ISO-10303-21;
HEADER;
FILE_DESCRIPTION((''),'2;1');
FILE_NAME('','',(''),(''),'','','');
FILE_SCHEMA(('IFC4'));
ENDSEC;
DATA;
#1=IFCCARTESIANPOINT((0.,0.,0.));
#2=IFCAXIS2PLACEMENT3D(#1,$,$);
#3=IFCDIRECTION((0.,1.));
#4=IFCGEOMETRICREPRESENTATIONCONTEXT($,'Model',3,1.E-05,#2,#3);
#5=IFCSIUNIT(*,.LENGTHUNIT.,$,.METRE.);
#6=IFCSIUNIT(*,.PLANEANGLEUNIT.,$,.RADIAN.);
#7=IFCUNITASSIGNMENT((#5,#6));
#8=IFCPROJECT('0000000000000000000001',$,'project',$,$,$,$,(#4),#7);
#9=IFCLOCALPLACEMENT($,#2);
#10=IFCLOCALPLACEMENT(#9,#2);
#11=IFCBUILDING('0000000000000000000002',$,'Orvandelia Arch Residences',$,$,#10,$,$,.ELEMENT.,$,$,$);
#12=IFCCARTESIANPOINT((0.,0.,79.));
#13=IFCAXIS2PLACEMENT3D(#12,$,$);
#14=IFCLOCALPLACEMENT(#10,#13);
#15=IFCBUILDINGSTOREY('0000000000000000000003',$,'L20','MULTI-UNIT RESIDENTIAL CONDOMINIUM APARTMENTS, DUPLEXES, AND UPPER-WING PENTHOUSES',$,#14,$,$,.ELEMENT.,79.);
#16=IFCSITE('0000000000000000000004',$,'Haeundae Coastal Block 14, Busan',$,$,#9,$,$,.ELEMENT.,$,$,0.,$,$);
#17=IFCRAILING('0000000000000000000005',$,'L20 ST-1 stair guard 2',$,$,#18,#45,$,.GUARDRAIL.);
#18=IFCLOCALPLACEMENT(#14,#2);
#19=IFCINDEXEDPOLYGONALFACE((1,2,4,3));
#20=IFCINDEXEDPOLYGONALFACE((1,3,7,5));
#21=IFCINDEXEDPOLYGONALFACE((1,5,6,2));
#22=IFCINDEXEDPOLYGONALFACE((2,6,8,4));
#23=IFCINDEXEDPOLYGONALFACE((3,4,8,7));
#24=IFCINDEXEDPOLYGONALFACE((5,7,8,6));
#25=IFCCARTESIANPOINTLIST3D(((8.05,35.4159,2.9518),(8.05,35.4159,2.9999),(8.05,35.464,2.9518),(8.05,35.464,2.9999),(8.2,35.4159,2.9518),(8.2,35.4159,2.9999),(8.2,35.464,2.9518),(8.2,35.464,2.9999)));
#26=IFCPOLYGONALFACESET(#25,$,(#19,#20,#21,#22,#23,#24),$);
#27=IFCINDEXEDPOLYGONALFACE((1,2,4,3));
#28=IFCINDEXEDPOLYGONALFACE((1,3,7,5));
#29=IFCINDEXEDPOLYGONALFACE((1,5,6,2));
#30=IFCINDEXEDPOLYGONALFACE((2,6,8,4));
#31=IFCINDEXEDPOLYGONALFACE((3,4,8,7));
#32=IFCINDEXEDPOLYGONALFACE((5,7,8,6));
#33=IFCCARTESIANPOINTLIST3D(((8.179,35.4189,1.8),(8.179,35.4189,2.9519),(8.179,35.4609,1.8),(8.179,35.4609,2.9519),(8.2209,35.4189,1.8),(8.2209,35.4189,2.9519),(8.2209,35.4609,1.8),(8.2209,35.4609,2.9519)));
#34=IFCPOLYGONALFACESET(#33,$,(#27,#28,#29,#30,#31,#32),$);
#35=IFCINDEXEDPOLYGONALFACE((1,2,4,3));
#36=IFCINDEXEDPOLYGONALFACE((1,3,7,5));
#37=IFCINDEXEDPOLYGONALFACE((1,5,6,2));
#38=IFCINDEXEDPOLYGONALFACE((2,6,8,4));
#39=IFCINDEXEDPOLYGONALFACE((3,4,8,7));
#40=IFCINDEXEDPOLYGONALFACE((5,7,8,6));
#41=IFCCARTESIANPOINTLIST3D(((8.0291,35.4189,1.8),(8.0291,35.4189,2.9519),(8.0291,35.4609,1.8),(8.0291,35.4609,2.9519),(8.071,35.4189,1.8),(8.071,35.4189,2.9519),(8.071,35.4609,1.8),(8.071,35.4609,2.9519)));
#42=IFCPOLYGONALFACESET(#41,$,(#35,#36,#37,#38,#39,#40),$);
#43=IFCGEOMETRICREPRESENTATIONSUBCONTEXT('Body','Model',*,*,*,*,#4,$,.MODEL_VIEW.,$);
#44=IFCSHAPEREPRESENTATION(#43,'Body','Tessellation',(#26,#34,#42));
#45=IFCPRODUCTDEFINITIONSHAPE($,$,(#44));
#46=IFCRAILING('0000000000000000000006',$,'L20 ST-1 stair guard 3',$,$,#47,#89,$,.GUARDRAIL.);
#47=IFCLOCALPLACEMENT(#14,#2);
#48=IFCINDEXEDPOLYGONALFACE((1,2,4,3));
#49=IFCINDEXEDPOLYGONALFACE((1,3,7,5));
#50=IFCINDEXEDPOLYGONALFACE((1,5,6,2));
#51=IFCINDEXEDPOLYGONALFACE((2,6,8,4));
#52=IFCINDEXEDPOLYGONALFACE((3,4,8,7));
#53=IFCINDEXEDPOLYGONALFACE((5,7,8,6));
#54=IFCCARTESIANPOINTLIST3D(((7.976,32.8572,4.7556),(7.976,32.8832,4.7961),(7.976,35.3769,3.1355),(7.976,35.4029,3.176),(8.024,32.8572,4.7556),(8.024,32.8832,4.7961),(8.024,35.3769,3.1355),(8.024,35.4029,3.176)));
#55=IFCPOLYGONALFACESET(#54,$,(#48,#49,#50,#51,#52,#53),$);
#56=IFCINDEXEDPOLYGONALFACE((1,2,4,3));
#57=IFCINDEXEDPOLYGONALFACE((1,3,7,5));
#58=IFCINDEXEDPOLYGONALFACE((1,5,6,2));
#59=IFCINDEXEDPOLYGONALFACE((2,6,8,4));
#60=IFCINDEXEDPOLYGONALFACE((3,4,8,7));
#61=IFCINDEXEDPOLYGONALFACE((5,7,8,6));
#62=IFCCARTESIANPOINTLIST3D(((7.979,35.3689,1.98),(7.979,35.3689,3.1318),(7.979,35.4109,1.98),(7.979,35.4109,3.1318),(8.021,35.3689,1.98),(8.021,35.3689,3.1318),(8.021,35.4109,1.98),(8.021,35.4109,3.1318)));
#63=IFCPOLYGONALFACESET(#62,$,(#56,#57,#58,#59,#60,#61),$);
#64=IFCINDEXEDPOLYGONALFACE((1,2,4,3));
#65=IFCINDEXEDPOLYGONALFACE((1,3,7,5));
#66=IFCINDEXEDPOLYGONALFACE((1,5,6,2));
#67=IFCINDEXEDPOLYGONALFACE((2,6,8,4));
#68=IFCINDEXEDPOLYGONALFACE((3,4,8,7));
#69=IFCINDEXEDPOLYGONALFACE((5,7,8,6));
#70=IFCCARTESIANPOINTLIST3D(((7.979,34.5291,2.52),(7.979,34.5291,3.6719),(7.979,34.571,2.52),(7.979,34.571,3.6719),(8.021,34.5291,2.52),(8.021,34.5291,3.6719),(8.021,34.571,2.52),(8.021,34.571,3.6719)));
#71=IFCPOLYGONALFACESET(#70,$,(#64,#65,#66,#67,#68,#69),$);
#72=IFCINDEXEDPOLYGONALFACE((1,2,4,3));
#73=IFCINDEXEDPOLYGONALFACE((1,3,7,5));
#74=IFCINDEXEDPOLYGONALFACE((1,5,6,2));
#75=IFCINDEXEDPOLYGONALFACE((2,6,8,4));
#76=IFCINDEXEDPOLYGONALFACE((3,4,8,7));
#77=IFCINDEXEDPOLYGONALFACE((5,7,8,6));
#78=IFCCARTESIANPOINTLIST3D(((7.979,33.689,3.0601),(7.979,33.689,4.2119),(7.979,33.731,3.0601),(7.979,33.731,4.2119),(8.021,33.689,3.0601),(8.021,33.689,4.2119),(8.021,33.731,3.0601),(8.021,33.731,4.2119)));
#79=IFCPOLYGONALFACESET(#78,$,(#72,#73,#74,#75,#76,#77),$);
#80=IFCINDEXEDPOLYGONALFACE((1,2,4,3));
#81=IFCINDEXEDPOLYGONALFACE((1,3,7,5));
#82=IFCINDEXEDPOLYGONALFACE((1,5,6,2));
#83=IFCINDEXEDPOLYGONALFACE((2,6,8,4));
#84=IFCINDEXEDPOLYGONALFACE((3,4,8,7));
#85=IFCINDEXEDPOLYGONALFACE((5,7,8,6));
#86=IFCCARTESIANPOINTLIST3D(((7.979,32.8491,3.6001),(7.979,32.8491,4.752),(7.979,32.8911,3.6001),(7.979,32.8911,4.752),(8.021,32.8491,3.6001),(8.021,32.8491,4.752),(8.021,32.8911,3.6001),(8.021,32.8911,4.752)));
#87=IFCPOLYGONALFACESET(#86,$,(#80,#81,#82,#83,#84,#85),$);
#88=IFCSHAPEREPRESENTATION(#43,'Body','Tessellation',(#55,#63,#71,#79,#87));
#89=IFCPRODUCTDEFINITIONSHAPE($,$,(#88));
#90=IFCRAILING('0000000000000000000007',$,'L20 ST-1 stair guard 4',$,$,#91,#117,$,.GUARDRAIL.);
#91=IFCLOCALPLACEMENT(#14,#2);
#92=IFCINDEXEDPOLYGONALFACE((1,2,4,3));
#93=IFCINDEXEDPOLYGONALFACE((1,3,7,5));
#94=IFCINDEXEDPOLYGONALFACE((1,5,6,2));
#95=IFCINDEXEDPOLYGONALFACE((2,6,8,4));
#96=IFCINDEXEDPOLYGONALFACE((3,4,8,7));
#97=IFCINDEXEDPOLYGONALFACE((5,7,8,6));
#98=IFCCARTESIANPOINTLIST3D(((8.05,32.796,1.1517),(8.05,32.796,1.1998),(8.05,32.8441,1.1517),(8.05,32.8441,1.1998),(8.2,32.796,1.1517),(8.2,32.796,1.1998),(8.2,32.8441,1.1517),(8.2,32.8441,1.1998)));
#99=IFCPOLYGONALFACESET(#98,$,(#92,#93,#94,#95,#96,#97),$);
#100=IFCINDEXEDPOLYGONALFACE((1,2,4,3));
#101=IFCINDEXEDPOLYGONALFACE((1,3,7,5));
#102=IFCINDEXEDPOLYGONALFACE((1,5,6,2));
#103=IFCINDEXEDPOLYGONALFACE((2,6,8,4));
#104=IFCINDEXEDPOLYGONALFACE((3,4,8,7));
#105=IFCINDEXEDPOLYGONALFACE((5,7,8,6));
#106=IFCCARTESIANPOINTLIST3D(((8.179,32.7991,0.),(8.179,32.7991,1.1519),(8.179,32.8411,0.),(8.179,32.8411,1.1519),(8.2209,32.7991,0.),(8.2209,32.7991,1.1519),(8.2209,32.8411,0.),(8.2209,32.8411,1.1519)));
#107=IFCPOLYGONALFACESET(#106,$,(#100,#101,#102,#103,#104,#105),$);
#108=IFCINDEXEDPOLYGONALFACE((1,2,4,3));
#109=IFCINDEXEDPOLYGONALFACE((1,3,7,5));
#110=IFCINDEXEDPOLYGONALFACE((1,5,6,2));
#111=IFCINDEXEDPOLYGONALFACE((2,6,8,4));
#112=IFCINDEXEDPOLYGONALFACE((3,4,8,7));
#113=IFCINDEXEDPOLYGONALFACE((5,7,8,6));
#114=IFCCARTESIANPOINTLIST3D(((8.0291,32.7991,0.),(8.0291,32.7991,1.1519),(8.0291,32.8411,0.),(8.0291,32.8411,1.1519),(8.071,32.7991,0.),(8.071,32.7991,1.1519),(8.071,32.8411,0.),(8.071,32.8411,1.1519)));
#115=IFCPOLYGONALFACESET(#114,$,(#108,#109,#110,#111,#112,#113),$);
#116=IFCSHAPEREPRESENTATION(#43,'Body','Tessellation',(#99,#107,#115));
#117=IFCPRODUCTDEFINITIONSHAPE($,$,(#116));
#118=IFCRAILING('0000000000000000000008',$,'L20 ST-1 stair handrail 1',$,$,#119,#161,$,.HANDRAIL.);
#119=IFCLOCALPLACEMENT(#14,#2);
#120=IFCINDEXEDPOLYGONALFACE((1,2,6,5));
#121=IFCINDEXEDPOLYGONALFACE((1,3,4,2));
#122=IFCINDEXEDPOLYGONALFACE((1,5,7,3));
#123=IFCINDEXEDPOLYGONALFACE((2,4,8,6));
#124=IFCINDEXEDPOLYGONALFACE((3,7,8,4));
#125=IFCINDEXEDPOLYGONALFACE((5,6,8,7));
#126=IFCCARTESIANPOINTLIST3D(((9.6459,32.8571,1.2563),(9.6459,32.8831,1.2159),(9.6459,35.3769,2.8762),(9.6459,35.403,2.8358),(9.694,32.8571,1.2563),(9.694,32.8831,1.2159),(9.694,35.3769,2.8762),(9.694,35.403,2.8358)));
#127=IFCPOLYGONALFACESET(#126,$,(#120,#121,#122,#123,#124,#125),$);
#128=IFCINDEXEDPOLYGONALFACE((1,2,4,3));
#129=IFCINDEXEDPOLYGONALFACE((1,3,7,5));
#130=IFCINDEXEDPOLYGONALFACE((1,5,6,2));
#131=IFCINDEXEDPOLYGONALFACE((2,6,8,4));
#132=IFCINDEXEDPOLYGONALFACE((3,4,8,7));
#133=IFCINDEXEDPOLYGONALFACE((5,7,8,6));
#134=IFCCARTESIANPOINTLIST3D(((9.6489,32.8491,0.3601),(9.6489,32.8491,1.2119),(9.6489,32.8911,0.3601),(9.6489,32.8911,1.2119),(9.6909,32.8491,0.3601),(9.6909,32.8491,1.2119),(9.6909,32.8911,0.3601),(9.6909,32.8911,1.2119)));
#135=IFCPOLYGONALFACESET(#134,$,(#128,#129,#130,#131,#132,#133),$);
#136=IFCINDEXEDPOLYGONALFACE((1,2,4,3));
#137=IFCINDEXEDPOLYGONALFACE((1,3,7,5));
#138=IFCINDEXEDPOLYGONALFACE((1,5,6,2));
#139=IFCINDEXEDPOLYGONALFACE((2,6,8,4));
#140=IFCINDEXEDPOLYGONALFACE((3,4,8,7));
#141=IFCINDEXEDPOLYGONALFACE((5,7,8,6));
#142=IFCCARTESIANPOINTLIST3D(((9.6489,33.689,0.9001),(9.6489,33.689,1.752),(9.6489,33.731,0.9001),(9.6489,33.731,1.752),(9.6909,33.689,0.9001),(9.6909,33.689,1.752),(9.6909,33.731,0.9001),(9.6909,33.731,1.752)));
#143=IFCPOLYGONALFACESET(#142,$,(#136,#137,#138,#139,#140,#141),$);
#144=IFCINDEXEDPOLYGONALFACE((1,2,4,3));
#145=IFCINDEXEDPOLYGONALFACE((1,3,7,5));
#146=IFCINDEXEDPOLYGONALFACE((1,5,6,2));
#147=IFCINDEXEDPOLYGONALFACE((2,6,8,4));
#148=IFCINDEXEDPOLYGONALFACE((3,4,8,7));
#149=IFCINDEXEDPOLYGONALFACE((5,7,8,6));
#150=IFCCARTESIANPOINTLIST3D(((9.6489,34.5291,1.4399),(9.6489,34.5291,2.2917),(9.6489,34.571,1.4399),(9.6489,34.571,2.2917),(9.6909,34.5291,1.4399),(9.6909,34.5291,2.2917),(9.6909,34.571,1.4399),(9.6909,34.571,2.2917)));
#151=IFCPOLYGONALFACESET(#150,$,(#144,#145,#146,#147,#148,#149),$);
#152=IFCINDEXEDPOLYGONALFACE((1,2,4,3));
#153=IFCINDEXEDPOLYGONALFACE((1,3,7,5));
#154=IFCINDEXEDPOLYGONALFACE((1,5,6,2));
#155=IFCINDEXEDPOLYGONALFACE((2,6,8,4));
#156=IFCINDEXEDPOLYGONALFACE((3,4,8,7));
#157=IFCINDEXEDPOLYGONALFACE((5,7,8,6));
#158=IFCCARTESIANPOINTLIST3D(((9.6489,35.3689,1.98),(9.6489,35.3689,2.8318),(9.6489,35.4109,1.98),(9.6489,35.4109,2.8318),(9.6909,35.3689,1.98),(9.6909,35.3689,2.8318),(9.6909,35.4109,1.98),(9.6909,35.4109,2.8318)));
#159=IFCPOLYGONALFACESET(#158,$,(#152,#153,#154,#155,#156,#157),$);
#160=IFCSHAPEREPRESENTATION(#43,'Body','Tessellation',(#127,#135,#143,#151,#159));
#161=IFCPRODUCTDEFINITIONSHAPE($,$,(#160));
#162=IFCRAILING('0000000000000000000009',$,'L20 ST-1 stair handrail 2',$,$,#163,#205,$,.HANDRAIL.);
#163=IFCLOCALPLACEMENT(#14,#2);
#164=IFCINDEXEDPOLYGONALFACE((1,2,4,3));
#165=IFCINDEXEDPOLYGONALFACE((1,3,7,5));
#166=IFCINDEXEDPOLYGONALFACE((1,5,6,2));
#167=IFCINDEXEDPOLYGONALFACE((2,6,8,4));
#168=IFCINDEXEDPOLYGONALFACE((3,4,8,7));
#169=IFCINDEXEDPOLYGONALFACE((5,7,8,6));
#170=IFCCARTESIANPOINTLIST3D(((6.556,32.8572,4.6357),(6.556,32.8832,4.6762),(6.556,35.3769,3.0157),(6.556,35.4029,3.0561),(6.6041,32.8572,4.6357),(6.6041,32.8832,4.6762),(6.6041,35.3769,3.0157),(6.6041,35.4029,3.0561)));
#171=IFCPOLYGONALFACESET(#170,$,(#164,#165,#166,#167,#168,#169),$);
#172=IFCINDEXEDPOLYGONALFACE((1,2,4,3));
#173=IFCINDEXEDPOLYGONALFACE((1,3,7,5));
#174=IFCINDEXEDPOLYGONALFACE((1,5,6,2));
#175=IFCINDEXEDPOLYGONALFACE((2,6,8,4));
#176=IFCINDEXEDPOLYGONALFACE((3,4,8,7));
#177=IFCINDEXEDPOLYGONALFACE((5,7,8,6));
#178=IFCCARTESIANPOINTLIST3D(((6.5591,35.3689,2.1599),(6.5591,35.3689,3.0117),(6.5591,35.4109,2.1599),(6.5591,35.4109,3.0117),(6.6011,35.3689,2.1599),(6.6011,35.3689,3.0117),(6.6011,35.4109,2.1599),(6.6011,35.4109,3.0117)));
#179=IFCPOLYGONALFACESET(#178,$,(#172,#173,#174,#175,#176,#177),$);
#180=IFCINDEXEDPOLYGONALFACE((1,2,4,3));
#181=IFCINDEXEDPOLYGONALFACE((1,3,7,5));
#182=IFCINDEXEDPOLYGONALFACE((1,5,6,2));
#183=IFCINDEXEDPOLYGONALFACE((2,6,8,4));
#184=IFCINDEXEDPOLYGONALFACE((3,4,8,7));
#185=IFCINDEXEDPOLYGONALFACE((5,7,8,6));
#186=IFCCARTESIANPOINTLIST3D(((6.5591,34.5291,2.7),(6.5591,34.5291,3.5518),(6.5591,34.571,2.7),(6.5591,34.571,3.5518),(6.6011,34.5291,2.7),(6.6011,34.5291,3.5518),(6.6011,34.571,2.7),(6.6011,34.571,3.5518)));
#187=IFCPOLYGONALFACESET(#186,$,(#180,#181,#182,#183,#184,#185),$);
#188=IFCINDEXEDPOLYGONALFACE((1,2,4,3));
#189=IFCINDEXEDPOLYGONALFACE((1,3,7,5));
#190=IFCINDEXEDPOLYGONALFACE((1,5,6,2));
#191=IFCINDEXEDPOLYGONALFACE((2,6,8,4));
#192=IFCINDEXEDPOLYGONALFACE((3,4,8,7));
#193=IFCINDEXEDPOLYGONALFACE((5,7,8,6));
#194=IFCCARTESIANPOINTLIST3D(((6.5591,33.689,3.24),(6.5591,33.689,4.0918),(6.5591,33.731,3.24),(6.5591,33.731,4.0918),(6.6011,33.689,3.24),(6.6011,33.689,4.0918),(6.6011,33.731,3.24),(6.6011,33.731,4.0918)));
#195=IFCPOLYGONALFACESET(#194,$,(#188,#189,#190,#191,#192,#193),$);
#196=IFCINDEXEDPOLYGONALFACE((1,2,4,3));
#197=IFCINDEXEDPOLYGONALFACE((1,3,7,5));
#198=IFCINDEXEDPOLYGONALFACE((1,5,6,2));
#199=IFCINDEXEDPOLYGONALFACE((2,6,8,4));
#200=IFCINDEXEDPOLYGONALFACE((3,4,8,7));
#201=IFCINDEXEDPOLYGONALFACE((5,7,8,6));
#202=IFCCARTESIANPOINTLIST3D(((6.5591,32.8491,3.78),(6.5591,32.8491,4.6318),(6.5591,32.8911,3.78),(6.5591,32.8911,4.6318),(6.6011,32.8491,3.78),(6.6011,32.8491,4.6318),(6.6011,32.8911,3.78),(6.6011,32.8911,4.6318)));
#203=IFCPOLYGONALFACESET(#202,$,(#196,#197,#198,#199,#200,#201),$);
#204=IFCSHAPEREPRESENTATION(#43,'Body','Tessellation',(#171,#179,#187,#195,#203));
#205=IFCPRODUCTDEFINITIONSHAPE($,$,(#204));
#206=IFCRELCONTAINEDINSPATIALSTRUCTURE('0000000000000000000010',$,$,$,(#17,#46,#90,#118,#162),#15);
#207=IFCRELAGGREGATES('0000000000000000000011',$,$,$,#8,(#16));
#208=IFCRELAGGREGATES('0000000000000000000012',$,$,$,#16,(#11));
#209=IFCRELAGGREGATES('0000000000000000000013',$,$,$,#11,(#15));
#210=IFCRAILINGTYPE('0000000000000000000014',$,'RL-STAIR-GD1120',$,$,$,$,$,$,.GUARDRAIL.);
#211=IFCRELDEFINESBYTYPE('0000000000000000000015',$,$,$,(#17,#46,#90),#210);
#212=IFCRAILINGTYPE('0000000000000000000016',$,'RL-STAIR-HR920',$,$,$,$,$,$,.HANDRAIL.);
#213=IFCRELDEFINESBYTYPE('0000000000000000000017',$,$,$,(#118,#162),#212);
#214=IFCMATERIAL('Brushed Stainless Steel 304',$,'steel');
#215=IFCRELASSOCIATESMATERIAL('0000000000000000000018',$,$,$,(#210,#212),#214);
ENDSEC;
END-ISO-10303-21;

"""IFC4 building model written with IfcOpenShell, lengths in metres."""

from ifc_helpers import new_model, si_unit, direction, frame, origin, origin_2d, place, context, subcontext, project, spatial, rectangle, extrude, material, type_object, element, save


model = new_model("IFC4")

# Units and contexts
model_context = context("Model", 3, precision=1e-05, world=origin(), true_north=direction((0.0, 1.0)))
body_context = subcontext(model_context, "Body", "Model", "MODEL_VIEW")
ifc_project = project(units=[si_unit("LENGTHUNIT", "METRE"), si_unit("PLANEANGLEUNIT", "RADIAN")], contexts=[model_context])

# Site, building, storey
site_placement = place(None, origin())
site = spatial("IfcSite", under=ifc_project, at=site_placement, Name="Haeundae Coastal Block 14, Busan", CompositionType="ELEMENT", RefElevation=0.0)
building_placement = place(site_placement, origin())
building = spatial("IfcBuilding", under=site, at=building_placement, Name="Orvandelia Arch Residences", CompositionType="ELEMENT")
storey_placement = place(building_placement, frame((0.0, 0.0, 79.0)))
storey = spatial("IfcBuildingStorey", under=building, at=storey_placement, Name="L20", Description="MULTI-UNIT RESIDENTIAL CONDOMINIUM APARTMENTS, DUPLEXES, AND UPPER-WING PENTHOUSES", CompositionType="ELEMENT", Elevation=79.0)

# Railings
ifc_material_1 = material(Name="Brushed Stainless Steel 304", Category="steel")
railing_type_1 = type_object("IfcRailingType", Name="RL-STAIR-GD1120", PredefinedType="GUARDRAIL", material=ifc_material_1)
railing_1_placement = place(storey_placement, frame((8.2, 35.4399, 1.8)))
element("IfcRailing", 1, at=railing_1_placement, inside=storey, type_object=railing_type_1, Name="L20 ST-1 stair guard 2", PredefinedType="GUARDRAIL", context=body_context, shape_type="SweptSolid", body=[
    extrude(rectangle(XDim=0.0481, YDim=0.0481, at=origin_2d()), frame((0.0, 0.0, 1.1758), z_axis=(-1.0, 0.0, 0.0), x_axis=(0.0, -1.0, 0.0)), (0.0, 0.0, 1.0), 0.1499),
    extrude(rectangle(XDim=0.042, YDim=0.042, at=origin_2d()), origin(), (0.0, 0.0, 1.0), 1.1519),
    extrude(rectangle(XDim=0.042, YDim=0.042, at=origin_2d()), frame((-0.1499, 0.0, 0.0)), (0.0, 0.0, 1.0), 1.1519),
])
railing_2_placement = place(storey_placement, frame((8.0, 35.3899, 1.98)))
element("IfcRailing", 2, at=railing_2_placement, inside=storey, type_object=railing_type_1, Name="L20 ST-1 stair guard 3", PredefinedType="GUARDRAIL", context=body_context, shape_type="SweptSolid", body=[
    extrude(rectangle(XDim=0.0481, YDim=0.0481, at=origin_2d()), frame((0.0, 0.0, 1.1758), z_axis=(0.0, -0.841139, 0.540819), x_axis=(1.0, 0.0, 0.0)), (0.0, 0.0, 1.0), 2.9956),
    extrude(rectangle(XDim=0.042, YDim=0.042, at=origin_2d()), origin(), (0.0, 0.0, 1.0), 1.1519),
    extrude(rectangle(XDim=0.042, YDim=0.042, at=origin_2d()), frame((0.0, -0.8398, 0.54)), (0.0, 0.0, 1.0), 1.1519),
    extrude(rectangle(XDim=0.042, YDim=0.042, at=origin_2d()), frame((0.0, -1.6799, 1.0801)), (0.0, 0.0, 1.0), 1.1519),
    extrude(rectangle(XDim=0.042, YDim=0.042, at=origin_2d()), frame((0.0, -2.5198, 1.6201)), (0.0, 0.0, 1.0), 1.1519),
])
railing_3_placement = place(storey_placement, frame((8.2, 32.8201, 0.0)))
element("IfcRailing", 3, at=railing_3_placement, inside=storey, type_object=railing_type_1, Name="L20 ST-1 stair guard 4", PredefinedType="GUARDRAIL", context=body_context, shape_type="SweptSolid", body=[
    extrude(rectangle(XDim=0.0481, YDim=0.0481, at=origin_2d()), frame((0.0, 0.0, 1.1758), z_axis=(-1.0, 0.0, 0.0), x_axis=(0.0, -1.0, 0.0)), (0.0, 0.0, 1.0), 0.1499),
    extrude(rectangle(XDim=0.042, YDim=0.042, at=origin_2d()), origin(), (0.0, 0.0, 1.0), 1.1519),
    extrude(rectangle(XDim=0.042, YDim=0.042, at=origin_2d()), frame((-0.1499, 0.0, 0.0)), (0.0, 0.0, 1.0), 1.1519),
])
railing_type_2 = type_object("IfcRailingType", Name="RL-STAIR-HR920", PredefinedType="HANDRAIL", material=ifc_material_1)
railing_4_placement = place(storey_placement, frame((9.6699, 32.8701, 0.3601)))
element("IfcRailing", 4, at=railing_4_placement, inside=storey, type_object=railing_type_2, Name="L20 ST-1 stair handrail 1", PredefinedType="HANDRAIL", context=body_context, shape_type="SweptSolid", body=[
    extrude(rectangle(XDim=0.0481, YDim=0.0481, at=origin_2d()), frame((0.0, 0.0, 0.876), z_axis=(0.0, 0.841176, 0.540762), x_axis=(-1.0, 0.0, 0.0)), (0.0, 0.0, 1.0), 2.9956),
    extrude(rectangle(XDim=0.042, YDim=0.042, at=origin_2d()), origin(), (0.0, 0.0, 1.0), 0.8518),
    extrude(rectangle(XDim=0.042, YDim=0.042, at=origin_2d()), frame((0.0, 0.8398, 0.54)), (0.0, 0.0, 1.0), 0.8518),
    extrude(rectangle(XDim=0.042, YDim=0.042, at=origin_2d()), frame((0.0, 1.6799, 1.0798)), (0.0, 0.0, 1.0), 0.8518),
    extrude(rectangle(XDim=0.042, YDim=0.042, at=origin_2d()), frame((0.0, 2.5198, 1.6199)), (0.0, 0.0, 1.0), 0.8518),
])
railing_5_placement = place(storey_placement, frame((6.5801, 35.3899, 2.1599)))
element("IfcRailing", 5, at=railing_5_placement, inside=storey, type_object=railing_type_2, Name="L20 ST-1 stair handrail 2", PredefinedType="HANDRAIL", context=body_context, shape_type="SweptSolid", body=[
    extrude(rectangle(XDim=0.0481, YDim=0.0481, at=origin_2d()), frame((0.0, 0.0, 0.876), z_axis=(0.0, -0.841139, 0.540819), x_axis=(1.0, 0.0, 0.0)), (0.0, 0.0, 1.0), 2.9956),
    extrude(rectangle(XDim=0.042, YDim=0.042, at=origin_2d()), origin(), (0.0, 0.0, 1.0), 0.8518),
    extrude(rectangle(XDim=0.042, YDim=0.042, at=origin_2d()), frame((0.0, -0.8398, 0.54)), (0.0, 0.0, 1.0), 0.8518),
    extrude(rectangle(XDim=0.042, YDim=0.042, at=origin_2d()), frame((0.0, -1.6799, 1.0801)), (0.0, 0.0, 1.0), 0.8518),
    extrude(rectangle(XDim=0.042, YDim=0.042, at=origin_2d()), frame((0.0, -2.5198, 1.6201)), (0.0, 0.0, 1.0), 0.8518),
])

save(model, "model.ifc")
